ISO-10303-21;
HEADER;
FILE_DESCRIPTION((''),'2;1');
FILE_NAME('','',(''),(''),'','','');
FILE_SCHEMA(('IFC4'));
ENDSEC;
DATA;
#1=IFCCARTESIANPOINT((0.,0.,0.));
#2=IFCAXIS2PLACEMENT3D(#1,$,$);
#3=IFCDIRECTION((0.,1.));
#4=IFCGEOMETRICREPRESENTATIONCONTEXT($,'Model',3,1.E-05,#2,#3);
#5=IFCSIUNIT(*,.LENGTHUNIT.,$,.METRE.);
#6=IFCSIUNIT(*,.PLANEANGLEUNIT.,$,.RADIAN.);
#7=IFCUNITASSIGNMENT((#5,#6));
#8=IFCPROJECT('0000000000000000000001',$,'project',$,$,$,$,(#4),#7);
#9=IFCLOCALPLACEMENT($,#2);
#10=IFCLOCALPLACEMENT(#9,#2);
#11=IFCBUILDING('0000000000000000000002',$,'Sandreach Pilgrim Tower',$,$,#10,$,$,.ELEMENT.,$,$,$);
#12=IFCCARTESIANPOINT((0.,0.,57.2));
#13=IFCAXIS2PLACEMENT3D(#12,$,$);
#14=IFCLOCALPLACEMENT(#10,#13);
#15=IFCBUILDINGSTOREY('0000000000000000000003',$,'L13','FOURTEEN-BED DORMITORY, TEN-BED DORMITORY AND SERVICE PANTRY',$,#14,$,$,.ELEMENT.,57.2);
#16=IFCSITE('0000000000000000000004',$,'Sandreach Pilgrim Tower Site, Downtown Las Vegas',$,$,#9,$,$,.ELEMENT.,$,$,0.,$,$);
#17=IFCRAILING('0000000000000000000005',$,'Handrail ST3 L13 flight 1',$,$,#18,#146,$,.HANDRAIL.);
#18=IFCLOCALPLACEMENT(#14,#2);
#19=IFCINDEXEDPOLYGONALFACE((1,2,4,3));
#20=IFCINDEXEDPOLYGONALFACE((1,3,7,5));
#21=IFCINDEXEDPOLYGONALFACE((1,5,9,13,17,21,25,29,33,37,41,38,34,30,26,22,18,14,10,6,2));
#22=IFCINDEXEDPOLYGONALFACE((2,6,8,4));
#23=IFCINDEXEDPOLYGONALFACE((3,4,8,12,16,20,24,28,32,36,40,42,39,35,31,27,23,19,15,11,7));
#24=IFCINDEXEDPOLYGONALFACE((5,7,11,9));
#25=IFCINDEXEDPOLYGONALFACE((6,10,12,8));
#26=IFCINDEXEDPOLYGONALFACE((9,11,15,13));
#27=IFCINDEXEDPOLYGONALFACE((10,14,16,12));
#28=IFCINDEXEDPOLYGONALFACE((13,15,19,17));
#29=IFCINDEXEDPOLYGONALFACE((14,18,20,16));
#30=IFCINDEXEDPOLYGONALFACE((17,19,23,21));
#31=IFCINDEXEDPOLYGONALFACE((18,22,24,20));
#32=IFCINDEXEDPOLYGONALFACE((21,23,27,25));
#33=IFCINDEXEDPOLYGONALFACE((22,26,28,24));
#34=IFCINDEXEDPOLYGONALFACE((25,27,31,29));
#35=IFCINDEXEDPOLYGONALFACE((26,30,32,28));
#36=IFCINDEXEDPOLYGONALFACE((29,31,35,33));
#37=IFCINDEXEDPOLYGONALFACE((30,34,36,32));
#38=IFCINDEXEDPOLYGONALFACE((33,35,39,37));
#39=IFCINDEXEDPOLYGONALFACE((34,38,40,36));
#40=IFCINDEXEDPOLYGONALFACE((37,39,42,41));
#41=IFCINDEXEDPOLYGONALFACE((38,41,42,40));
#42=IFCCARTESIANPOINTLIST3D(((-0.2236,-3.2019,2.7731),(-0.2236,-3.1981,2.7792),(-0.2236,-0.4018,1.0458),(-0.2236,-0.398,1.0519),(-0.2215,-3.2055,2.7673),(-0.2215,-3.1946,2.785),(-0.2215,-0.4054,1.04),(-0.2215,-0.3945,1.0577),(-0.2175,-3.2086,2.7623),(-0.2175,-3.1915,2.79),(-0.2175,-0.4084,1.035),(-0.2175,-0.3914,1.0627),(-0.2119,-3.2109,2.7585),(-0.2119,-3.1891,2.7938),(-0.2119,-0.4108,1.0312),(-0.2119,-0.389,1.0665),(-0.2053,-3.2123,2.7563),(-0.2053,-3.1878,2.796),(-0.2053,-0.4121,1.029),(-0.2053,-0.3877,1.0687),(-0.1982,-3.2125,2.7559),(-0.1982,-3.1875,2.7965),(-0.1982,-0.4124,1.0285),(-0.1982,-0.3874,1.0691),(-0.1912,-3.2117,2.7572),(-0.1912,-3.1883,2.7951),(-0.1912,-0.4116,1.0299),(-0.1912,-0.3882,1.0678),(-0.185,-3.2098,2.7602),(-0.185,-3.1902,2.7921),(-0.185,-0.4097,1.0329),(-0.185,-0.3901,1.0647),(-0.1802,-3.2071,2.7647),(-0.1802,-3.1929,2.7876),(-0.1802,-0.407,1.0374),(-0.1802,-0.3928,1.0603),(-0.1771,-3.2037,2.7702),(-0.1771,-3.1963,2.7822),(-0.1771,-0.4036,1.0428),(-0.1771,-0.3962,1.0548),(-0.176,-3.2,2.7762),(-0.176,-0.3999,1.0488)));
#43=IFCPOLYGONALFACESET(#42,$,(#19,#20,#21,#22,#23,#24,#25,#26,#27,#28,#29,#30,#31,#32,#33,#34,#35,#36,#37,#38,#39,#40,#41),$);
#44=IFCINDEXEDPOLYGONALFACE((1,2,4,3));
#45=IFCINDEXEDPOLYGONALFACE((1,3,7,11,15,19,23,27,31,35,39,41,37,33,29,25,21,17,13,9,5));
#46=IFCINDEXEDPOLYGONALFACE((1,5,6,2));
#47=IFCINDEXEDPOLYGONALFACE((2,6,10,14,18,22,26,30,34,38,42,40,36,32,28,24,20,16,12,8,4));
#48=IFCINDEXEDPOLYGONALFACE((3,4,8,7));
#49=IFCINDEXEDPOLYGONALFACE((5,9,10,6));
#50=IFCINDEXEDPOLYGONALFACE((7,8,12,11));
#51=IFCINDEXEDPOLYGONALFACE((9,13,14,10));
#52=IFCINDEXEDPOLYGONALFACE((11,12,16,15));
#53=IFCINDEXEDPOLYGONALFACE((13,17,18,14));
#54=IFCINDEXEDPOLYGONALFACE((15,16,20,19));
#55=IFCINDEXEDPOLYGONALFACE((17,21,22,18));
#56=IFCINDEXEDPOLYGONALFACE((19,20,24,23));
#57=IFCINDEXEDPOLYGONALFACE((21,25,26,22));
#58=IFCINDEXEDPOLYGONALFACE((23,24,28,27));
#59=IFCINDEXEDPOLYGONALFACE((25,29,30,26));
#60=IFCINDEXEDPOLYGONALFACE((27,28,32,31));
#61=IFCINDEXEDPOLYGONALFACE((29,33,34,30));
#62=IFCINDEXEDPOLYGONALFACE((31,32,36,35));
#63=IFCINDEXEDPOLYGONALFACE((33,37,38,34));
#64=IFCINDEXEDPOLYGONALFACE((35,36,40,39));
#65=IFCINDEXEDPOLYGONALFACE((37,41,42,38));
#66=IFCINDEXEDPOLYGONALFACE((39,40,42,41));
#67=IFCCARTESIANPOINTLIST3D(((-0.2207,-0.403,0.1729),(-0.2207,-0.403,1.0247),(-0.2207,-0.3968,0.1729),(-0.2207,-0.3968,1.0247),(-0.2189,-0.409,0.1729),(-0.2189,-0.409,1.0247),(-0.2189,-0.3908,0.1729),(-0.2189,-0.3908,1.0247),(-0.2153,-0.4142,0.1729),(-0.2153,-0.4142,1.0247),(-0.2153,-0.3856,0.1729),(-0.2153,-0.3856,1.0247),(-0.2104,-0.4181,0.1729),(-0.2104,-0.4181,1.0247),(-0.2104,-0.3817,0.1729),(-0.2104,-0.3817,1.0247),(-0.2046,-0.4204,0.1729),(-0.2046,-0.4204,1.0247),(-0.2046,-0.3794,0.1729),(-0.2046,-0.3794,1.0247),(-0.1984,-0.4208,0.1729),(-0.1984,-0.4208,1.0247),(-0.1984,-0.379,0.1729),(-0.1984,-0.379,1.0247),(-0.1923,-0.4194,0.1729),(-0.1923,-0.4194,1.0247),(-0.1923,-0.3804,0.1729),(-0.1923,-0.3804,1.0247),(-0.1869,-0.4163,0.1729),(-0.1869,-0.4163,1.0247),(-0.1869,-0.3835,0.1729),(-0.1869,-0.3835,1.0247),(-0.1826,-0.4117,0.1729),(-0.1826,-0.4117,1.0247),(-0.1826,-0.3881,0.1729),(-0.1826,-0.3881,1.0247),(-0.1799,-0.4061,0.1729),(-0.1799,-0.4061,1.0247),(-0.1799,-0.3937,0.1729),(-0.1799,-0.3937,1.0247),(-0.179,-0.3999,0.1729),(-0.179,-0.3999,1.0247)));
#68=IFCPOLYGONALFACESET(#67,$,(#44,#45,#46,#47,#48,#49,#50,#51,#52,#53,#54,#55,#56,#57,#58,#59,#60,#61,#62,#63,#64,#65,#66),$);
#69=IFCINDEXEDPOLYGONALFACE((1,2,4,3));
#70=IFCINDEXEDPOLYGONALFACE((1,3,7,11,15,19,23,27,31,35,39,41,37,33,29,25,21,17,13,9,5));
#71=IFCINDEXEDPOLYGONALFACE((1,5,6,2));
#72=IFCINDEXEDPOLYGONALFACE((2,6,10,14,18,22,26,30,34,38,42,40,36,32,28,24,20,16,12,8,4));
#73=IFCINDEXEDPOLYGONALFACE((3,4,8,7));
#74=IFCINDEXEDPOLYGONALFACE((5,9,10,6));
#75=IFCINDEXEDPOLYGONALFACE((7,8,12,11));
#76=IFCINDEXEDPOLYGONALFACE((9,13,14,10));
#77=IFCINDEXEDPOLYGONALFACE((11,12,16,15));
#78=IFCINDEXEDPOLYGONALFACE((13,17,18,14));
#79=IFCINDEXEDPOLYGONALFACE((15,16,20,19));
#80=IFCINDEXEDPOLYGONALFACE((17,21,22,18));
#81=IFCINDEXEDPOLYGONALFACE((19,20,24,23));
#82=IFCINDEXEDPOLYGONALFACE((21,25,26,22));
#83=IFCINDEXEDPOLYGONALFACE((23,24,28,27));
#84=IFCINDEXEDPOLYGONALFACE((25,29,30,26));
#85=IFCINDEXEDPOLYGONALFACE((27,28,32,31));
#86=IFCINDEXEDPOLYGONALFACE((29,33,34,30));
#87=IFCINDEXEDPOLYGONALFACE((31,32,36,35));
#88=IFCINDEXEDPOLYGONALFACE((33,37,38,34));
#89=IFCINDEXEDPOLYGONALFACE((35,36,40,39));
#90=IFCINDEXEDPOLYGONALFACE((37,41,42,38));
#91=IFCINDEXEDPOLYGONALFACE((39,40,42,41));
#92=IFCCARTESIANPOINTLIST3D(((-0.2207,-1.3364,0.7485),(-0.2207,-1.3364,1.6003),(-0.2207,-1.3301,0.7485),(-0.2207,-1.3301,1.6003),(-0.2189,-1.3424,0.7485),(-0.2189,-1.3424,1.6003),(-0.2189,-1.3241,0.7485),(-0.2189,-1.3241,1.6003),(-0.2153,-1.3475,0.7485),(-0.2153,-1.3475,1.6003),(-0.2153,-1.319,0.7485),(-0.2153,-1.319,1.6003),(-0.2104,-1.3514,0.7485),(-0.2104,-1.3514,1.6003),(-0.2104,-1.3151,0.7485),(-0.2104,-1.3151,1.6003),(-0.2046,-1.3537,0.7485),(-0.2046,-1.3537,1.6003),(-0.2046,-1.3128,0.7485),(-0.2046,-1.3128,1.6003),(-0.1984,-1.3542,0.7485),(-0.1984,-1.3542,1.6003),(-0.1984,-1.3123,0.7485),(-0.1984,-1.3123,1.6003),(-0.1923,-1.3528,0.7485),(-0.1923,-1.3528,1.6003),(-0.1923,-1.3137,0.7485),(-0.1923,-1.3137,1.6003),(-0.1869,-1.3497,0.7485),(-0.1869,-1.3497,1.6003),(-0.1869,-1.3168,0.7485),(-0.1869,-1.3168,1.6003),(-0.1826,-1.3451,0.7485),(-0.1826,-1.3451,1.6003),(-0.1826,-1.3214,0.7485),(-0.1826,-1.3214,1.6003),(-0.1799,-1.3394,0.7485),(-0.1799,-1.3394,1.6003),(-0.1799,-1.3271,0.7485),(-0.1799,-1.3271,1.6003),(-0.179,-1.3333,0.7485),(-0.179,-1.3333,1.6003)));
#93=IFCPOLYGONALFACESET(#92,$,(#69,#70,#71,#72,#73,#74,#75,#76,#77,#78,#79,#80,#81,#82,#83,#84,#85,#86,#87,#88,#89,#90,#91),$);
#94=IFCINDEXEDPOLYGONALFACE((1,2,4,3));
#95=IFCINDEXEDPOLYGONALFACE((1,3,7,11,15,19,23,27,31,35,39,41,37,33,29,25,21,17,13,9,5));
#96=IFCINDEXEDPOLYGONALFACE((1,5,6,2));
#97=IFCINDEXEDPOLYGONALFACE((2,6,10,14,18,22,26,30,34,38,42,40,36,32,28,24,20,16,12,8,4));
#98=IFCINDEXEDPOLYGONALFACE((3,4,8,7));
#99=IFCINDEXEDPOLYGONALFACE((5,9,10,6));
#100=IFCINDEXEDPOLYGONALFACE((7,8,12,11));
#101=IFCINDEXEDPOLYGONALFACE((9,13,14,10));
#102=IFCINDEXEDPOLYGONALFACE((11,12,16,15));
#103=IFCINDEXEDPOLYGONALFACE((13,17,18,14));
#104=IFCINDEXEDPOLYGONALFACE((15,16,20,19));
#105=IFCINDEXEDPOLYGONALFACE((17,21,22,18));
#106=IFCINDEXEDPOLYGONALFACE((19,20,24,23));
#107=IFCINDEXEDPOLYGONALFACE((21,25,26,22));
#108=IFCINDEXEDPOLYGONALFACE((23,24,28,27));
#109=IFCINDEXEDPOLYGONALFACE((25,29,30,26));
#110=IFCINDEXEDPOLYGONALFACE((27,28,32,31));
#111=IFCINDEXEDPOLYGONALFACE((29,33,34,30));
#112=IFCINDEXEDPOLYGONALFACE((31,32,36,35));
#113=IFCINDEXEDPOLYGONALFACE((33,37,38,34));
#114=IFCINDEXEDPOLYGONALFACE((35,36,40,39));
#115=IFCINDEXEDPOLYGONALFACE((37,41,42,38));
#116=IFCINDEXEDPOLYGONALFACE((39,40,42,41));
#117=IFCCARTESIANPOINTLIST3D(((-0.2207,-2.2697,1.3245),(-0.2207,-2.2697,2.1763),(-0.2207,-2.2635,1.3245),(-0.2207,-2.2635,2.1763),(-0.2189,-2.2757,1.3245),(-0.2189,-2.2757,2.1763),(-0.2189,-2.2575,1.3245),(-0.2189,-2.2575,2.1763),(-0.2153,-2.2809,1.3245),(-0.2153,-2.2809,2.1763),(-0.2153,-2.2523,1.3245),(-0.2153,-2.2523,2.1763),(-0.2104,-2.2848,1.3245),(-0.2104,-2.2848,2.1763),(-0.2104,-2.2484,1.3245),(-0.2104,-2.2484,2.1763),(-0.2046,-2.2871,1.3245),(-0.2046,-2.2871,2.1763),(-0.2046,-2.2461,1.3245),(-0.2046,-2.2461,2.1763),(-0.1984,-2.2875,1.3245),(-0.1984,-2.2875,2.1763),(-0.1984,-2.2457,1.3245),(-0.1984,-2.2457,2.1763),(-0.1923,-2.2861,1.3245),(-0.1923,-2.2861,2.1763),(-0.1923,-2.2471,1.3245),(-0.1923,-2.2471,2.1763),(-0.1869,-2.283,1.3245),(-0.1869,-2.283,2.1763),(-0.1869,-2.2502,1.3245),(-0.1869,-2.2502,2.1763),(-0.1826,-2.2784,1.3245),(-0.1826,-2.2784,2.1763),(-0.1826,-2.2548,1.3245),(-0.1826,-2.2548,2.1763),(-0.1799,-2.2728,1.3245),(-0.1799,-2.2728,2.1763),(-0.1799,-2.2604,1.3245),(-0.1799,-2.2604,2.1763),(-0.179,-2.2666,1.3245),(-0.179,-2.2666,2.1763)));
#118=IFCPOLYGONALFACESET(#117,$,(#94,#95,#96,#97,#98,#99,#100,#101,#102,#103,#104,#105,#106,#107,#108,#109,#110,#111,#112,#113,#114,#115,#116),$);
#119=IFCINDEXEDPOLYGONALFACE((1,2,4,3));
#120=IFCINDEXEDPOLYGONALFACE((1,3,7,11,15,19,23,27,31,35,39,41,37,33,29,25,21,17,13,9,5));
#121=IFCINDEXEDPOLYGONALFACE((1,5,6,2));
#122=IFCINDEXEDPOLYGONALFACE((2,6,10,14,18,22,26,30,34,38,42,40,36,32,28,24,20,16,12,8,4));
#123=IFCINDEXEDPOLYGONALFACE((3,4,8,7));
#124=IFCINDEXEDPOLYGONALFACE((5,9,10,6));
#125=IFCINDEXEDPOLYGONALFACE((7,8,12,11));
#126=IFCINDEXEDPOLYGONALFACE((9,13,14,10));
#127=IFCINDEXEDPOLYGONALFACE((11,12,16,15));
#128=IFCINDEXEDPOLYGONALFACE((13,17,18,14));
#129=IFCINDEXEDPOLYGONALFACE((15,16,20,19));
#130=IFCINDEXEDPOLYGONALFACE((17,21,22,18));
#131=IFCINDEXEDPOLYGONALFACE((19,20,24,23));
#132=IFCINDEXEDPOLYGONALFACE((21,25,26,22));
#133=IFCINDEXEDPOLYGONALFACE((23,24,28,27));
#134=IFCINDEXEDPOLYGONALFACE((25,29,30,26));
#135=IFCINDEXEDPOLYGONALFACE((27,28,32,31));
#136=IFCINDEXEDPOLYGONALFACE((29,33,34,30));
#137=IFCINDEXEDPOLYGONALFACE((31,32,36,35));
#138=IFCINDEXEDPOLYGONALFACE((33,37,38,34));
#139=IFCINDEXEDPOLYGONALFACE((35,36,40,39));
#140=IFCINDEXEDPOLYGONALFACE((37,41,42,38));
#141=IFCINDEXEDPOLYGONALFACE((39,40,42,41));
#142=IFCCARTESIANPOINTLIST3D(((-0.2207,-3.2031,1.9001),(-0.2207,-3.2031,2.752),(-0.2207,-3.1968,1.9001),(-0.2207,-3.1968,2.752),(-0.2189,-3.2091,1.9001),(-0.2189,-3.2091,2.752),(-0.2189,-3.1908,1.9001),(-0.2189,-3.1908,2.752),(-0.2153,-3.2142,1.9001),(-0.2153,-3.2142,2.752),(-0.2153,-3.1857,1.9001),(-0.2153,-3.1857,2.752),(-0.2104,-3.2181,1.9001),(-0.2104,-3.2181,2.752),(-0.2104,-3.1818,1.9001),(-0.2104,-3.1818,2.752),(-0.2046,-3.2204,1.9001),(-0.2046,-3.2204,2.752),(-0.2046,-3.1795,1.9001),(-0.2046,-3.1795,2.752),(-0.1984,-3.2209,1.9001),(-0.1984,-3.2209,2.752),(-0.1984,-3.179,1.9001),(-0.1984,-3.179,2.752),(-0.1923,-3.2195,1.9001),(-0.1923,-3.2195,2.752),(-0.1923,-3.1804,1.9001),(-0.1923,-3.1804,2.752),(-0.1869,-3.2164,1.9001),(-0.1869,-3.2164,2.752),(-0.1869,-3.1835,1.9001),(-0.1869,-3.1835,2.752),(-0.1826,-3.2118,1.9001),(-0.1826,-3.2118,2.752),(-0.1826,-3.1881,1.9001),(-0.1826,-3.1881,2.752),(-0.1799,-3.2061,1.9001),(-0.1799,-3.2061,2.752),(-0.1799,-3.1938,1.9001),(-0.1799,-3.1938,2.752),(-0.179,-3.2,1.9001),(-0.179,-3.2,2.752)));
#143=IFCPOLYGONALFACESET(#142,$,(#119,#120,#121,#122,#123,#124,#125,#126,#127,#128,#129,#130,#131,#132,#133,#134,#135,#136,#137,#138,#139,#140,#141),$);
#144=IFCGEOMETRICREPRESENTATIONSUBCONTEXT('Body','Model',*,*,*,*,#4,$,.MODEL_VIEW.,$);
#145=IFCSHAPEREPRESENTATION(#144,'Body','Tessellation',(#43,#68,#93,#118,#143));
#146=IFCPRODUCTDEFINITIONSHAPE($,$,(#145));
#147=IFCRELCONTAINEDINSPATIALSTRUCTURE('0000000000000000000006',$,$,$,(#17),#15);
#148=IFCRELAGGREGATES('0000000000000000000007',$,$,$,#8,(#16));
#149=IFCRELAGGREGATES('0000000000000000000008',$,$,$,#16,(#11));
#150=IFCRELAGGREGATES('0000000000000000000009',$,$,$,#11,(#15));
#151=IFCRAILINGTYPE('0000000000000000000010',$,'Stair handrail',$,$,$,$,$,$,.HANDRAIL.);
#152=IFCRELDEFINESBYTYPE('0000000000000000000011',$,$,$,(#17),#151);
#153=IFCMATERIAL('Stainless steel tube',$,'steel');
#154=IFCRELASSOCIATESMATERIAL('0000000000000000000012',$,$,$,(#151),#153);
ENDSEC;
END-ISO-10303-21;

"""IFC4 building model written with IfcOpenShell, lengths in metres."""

from ifc_helpers import new_model, si_unit, direction, frame, origin, origin_2d, place, context, subcontext, project, spatial, circle, extrude, material, type_object, element, save


model = new_model("IFC4")

# Units and contexts
model_context = context("Model", 3, precision=1e-05, world=origin(), true_north=direction((0.0, 1.0)))
body_context = subcontext(model_context, "Body", "Model", "MODEL_VIEW")
ifc_project = project(units=[si_unit("LENGTHUNIT", "METRE"), si_unit("PLANEANGLEUNIT", "RADIAN")], contexts=[model_context])

# Site, building, storey
site_placement = place(None, origin())
site = spatial("IfcSite", under=ifc_project, at=site_placement, Name="Sandreach Pilgrim Tower Site, Downtown Las Vegas", CompositionType="ELEMENT", RefElevation=0.0)
building_placement = place(site_placement, origin())
building = spatial("IfcBuilding", under=site, at=building_placement, Name="Sandreach Pilgrim Tower", CompositionType="ELEMENT")
storey_placement = place(building_placement, frame((0.0, 0.0, 57.2)))
storey = spatial("IfcBuildingStorey", under=building, at=storey_placement, Name="L13", Description="FOURTEEN-BED DORMITORY, TEN-BED DORMITORY AND SERVICE PANTRY", CompositionType="ELEMENT", Elevation=57.2)

# Railing
ifc_material_1 = material(Name="Stainless steel tube", Category="steel")
railing_type = type_object("IfcRailingType", Name="Stair handrail", PredefinedType="HANDRAIL", material=ifc_material_1)
for number, where, name in (
    (1, (-0.2, -0.3999, 0.1729), "Handrail ST3 L13 flight 1"),
):
    element("IfcRailing", number, at=place(storey_placement, frame(where)), inside=storey, type_object=railing_type, Name=name, PredefinedType="HANDRAIL", context=body_context, shape_type="SweptSolid", body=[
        extrude(circle(Radius=0.0239, at=origin_2d()), frame((0.0, 0.0, 0.876), z_axis=(0.0, -0.85109, 0.52502), x_axis=(1.0, 0.0, 0.0)), (0.0, 0.0, 1.0), 3.29),
        extrude(circle(Radius=0.021, at=origin_2d()), origin(), (0.0, 0.0, 1.0), 0.8518),
        extrude(circle(Radius=0.021, at=origin_2d()), frame((0.0, -0.9333, 0.5757)), (0.0, 0.0, 1.0), 0.8518),
        extrude(circle(Radius=0.021, at=origin_2d()), frame((0.0, -1.8667, 1.1516)), (0.0, 0.0, 1.0), 0.8518),
        extrude(circle(Radius=0.021, at=origin_2d()), frame((0.0, -2.8, 1.7273)), (0.0, 0.0, 1.0), 0.8518),
    ])

save(model, "model.ifc")
